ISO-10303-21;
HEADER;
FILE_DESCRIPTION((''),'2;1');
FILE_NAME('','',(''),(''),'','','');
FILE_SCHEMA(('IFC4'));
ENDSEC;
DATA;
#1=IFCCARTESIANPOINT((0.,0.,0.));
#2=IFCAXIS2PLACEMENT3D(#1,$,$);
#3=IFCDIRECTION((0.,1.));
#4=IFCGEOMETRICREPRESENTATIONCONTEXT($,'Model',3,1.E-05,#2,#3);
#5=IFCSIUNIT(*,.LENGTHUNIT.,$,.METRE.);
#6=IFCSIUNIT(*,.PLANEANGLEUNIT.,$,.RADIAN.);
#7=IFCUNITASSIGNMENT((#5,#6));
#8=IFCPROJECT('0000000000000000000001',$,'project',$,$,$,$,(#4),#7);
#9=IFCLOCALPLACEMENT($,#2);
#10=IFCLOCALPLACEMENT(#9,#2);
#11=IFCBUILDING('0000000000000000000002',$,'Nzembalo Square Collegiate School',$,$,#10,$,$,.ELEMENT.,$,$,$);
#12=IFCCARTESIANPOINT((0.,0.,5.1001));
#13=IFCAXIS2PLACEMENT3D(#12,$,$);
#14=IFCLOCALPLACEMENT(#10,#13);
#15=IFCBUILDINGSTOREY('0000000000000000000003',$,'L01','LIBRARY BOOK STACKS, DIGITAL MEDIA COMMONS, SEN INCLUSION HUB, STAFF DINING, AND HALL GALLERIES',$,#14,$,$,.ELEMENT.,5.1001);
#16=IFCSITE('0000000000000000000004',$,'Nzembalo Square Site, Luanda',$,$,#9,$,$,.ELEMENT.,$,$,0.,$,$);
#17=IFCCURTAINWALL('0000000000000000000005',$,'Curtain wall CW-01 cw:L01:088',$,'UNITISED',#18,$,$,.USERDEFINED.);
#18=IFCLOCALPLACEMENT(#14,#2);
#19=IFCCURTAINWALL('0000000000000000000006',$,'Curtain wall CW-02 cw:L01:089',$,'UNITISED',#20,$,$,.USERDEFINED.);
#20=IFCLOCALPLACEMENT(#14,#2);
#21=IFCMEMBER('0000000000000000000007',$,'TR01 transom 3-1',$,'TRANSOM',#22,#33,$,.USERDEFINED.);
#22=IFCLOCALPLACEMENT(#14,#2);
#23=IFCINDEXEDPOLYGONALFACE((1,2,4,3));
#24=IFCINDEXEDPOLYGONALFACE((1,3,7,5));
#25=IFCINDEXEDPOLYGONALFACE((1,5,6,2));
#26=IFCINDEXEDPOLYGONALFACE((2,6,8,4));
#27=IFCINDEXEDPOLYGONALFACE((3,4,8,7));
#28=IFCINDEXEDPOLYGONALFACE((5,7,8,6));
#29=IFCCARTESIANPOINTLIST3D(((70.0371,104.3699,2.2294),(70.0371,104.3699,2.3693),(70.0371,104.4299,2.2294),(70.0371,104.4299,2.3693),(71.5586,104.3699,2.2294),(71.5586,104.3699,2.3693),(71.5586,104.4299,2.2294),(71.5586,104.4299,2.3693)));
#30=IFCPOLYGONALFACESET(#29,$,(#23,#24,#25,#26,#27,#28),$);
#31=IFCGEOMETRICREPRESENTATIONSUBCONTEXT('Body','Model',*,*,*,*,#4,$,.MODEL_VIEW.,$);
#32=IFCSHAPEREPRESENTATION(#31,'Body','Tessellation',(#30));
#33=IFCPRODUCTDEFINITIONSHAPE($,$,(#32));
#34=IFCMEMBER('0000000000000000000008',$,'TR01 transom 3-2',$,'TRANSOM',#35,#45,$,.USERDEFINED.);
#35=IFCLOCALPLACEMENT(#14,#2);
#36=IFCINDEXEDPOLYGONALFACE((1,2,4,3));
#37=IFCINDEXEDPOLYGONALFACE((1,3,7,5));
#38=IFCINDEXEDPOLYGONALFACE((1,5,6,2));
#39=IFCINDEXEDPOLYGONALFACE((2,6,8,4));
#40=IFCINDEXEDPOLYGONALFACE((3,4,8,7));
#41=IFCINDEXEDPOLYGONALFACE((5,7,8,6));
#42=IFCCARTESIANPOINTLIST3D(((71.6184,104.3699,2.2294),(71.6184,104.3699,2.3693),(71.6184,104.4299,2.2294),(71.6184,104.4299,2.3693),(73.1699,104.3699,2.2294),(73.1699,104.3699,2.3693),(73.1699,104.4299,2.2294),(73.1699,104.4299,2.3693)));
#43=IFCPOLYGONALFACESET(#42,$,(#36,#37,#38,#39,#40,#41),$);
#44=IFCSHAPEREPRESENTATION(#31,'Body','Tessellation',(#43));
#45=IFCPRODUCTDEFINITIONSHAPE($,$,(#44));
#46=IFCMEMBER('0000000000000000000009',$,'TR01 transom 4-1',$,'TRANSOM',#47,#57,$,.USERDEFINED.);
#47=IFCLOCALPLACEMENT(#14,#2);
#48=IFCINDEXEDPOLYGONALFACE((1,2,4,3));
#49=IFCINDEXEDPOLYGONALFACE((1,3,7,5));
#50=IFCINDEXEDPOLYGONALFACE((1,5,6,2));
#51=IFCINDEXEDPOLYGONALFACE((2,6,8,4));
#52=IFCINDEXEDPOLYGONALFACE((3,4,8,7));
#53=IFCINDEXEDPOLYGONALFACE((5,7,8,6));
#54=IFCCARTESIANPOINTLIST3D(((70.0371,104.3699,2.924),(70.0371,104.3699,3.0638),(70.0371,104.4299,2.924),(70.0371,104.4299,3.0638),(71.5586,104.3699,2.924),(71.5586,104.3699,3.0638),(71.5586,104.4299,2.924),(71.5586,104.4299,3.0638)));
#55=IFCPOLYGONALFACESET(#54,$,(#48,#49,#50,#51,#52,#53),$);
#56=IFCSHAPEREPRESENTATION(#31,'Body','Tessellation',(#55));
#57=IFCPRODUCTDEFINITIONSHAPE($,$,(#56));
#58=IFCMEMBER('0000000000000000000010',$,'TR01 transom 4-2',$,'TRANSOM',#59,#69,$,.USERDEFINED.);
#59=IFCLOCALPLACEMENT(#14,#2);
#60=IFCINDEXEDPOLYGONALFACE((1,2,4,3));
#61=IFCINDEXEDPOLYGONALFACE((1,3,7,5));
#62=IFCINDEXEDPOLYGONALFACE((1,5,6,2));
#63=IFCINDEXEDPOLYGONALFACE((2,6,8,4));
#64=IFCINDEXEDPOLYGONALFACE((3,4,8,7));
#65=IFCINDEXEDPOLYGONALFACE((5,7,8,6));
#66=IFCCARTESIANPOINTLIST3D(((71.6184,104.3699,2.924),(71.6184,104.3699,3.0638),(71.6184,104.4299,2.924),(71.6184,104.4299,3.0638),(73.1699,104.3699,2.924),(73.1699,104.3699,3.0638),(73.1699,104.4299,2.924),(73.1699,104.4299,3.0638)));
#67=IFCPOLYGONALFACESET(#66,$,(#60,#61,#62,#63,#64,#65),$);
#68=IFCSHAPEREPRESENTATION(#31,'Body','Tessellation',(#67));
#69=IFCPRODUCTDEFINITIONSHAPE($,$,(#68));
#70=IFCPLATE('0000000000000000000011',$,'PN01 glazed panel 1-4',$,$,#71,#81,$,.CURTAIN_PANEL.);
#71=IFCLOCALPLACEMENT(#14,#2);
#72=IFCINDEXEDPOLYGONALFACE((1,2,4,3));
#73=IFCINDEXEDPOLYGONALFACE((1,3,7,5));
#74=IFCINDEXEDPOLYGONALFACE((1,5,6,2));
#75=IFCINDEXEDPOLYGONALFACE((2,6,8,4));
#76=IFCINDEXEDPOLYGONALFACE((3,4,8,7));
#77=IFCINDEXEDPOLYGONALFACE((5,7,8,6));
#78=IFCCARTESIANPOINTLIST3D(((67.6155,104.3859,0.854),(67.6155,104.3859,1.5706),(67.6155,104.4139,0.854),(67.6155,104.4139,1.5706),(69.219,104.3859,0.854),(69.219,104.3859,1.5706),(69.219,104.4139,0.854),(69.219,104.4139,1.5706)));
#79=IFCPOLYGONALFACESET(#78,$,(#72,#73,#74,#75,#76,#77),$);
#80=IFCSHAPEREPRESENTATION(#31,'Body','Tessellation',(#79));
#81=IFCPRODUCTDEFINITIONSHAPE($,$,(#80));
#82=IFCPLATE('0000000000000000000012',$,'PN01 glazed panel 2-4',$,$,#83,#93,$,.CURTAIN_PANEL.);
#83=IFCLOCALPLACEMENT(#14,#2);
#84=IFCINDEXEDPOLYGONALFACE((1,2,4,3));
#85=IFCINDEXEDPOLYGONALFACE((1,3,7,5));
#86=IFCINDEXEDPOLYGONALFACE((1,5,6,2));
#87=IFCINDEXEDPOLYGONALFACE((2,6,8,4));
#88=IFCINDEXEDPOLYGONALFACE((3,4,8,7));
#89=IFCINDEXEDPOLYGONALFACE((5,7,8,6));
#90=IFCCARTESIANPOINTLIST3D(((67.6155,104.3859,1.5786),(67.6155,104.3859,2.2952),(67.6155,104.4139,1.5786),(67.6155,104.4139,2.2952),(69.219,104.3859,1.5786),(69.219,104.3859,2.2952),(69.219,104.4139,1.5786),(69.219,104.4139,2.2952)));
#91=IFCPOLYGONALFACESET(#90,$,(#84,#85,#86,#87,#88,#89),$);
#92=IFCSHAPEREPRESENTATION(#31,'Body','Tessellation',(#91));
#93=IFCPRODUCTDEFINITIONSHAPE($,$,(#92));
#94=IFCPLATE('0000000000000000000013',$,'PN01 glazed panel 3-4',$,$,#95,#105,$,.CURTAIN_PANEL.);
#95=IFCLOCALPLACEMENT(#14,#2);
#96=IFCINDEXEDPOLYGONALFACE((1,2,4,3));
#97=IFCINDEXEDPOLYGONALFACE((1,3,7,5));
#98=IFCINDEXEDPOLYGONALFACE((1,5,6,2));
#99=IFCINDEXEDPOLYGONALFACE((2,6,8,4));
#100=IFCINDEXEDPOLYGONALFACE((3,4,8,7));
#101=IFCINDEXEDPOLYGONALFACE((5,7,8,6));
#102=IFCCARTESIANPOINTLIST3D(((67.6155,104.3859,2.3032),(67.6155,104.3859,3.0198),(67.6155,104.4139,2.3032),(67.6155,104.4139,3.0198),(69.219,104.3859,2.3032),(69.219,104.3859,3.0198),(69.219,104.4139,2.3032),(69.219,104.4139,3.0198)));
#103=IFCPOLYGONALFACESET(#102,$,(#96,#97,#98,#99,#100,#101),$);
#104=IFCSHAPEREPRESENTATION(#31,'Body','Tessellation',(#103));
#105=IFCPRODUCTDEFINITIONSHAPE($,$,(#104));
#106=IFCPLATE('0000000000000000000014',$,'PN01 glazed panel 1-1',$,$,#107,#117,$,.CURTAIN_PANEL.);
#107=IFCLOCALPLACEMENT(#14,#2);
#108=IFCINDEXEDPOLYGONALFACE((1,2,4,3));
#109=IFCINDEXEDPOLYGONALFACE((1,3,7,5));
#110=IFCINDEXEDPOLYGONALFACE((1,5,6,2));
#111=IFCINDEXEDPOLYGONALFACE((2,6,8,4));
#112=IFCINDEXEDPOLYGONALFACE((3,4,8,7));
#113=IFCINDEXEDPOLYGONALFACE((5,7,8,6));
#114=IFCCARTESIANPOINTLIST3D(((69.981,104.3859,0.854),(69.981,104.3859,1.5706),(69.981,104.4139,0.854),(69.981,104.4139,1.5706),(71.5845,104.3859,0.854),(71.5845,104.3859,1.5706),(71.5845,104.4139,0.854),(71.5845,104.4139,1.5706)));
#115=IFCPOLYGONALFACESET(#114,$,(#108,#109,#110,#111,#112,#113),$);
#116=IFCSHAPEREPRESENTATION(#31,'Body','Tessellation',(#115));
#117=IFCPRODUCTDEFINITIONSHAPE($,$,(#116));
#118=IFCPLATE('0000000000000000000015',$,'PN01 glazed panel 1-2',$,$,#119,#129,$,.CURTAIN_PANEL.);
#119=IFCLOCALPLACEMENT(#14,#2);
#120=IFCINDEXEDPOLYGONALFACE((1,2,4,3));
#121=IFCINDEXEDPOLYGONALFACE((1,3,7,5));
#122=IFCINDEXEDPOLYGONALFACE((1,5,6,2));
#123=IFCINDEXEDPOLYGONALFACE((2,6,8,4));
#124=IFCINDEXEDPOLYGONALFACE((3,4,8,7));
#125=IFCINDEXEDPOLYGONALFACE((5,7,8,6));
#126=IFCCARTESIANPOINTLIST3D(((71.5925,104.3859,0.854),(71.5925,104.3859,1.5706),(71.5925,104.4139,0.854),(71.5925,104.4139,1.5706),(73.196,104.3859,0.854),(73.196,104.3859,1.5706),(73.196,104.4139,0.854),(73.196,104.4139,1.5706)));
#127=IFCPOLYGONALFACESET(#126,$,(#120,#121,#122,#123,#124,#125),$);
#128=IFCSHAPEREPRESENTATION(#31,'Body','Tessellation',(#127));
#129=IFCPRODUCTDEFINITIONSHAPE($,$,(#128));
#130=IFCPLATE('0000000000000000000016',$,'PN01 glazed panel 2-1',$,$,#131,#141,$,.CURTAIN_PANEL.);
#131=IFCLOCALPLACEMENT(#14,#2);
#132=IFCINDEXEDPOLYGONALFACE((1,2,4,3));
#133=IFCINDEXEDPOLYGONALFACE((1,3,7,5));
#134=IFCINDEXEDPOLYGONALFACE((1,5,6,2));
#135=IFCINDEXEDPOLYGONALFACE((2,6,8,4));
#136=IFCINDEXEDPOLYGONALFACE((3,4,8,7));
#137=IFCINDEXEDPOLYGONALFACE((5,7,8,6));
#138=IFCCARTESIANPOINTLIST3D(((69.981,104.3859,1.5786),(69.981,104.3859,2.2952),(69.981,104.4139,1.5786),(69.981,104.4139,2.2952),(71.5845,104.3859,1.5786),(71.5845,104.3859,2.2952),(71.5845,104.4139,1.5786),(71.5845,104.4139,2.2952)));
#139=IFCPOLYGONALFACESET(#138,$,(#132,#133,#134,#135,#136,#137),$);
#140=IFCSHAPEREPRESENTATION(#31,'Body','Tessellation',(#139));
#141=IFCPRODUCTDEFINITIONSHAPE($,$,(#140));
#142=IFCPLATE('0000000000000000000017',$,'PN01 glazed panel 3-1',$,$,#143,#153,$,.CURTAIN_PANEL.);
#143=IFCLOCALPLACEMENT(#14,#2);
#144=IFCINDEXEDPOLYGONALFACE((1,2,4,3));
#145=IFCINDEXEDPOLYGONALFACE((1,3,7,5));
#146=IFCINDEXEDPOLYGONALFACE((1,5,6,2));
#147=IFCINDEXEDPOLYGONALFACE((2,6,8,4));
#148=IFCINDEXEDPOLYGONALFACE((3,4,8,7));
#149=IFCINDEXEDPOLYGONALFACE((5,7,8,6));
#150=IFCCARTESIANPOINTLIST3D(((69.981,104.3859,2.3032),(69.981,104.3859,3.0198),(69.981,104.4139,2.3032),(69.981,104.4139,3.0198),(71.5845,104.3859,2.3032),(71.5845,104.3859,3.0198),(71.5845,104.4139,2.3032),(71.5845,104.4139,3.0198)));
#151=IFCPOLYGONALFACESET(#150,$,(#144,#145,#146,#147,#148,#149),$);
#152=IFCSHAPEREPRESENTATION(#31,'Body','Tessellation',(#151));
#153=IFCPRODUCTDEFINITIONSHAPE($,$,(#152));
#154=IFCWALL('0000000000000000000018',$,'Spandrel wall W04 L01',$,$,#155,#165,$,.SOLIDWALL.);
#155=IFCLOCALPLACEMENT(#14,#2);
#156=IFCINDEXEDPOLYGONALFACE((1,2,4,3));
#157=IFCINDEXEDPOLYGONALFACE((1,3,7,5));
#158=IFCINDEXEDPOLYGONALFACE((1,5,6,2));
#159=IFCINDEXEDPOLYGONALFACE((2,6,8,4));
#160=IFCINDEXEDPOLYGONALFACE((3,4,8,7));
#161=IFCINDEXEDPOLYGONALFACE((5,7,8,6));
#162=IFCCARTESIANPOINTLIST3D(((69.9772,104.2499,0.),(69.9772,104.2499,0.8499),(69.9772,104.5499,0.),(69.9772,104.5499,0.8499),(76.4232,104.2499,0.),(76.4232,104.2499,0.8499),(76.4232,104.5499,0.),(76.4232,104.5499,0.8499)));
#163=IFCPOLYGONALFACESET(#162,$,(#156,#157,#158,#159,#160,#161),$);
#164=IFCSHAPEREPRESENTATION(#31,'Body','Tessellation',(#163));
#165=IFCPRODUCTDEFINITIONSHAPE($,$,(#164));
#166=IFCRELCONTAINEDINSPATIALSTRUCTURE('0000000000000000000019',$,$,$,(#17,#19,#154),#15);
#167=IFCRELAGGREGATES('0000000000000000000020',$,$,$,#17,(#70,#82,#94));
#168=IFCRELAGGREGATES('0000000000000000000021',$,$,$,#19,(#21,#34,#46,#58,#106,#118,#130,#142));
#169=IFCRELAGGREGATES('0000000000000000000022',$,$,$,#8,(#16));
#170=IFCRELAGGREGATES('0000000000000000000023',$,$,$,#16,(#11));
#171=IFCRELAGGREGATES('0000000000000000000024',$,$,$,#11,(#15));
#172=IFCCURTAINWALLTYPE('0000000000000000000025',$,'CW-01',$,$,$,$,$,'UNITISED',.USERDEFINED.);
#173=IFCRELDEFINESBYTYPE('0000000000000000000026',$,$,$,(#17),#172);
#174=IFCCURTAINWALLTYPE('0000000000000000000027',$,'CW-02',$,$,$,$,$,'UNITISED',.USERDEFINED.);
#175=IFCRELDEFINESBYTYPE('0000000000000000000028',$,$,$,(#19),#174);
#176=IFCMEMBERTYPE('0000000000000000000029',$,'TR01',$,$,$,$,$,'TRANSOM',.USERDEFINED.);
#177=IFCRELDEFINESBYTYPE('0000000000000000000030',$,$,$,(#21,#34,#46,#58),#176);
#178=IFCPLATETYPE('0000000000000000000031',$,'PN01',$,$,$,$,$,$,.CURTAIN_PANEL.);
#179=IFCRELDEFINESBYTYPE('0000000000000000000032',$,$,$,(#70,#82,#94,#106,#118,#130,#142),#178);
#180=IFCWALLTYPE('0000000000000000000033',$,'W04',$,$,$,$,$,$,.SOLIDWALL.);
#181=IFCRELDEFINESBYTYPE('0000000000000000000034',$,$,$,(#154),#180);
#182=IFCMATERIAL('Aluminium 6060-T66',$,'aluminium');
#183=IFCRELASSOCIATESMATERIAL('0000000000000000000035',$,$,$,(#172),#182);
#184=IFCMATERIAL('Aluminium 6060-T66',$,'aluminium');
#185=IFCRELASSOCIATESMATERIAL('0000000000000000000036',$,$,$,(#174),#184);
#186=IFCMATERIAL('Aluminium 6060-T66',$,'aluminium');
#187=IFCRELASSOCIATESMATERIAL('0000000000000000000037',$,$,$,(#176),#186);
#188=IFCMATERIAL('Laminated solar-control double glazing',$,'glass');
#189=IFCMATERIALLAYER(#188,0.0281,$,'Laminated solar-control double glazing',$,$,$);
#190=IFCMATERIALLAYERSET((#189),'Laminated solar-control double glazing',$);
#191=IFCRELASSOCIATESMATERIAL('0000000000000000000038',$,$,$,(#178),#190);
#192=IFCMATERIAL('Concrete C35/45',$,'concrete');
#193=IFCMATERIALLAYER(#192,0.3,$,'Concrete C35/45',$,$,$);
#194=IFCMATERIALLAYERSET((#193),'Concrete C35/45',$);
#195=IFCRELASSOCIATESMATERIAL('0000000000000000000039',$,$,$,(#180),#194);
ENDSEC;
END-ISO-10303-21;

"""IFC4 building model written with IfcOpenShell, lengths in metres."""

from ifc_helpers import new_model, si_unit, direction, frame, frame_2d, origin, origin_2d, place, context, subcontext, project, spatial, rectangle, extrude, material, layer, layer_set, material_profile, profile_set, type_object, element, aggregate, save


model = new_model("IFC4")

# Units and contexts
model_context = context("Model", 3, precision=1e-05, world=origin(), true_north=direction((0.0, 1.0)))
body_context = subcontext(model_context, "Body", "Model", "MODEL_VIEW")
ifc_project = project(units=[si_unit("LENGTHUNIT", "METRE"), si_unit("PLANEANGLEUNIT", "RADIAN")], contexts=[model_context])

# Site, building, storey
site_placement = place(None, origin())
site = spatial("IfcSite", under=ifc_project, at=site_placement, Name="Nzembalo Square Site, Luanda", CompositionType="ELEMENT", RefElevation=0.0)
building_placement = place(site_placement, origin())
building = spatial("IfcBuilding", under=site, at=building_placement, Name="Nzembalo Square Collegiate School", CompositionType="ELEMENT")
storey_placement = place(building_placement, frame((0.0, 0.0, 5.1001)))
storey = spatial("IfcBuildingStorey", under=building, at=storey_placement, Name="L01", Description="LIBRARY BOOK STACKS, DIGITAL MEDIA COMMONS, SEN INCLUSION HUB, STAFF DINING, AND HALL GALLERIES", CompositionType="ELEMENT", Elevation=5.1001)

# Curtain wall
ifc_material_1 = material(Name="Aluminium 6060-T66", Category="aluminium")
curtain_wall_type_1 = type_object("IfcCurtainWallType", Name="CW-01", ElementType="UNITISED", PredefinedType="USERDEFINED", material=ifc_material_1)
curtain_wall_1_placement = place(storey_placement, origin())
curtain_wall_1 = element("IfcCurtainWall", 1, at=curtain_wall_1_placement, inside=storey, type_object=curtain_wall_type_1, Name="Curtain wall CW-01 cw:L01:088", ObjectType="UNITISED", PredefinedType="USERDEFINED")

# Curtain wall
ifc_material_2 = material(Name="Aluminium 6060-T66", Category="aluminium")
curtain_wall_type_2 = type_object("IfcCurtainWallType", Name="CW-02", ElementType="UNITISED", PredefinedType="USERDEFINED", material=ifc_material_2)
curtain_wall_2_placement = place(storey_placement, origin())
curtain_wall_2 = element("IfcCurtainWall", 2, at=curtain_wall_2_placement, inside=storey, type_object=curtain_wall_type_2, Name="Curtain wall CW-02 cw:L01:089", ObjectType="UNITISED", PredefinedType="USERDEFINED")

# Members
ifc_material_3 = material(Name="Aluminium 6060-T66", Category="aluminium")
ifc_material_profile_1 = material_profile(ifc_material_3, rectangle(XDim=0.0601, YDim=0.1399, at=origin_2d()), Name="ALU T60x140")
ifc_profile_set_1 = profile_set([ifc_material_profile_1], Name="Aluminium 6060-T66")
member_type_1 = type_object("IfcMemberType", Name="TR01", ElementType="TRANSOM", PredefinedType="USERDEFINED", material=ifc_profile_set_1)
member_1_placement = place(storey_placement, frame((70.0371, 104.3999, 2.2993), z_axis=(1.0, 0.0, 0.0), x_axis=(0.0, 1.0, 0.0)))
member_1 = element("IfcMember", 3, at=member_1_placement, type_object=member_type_1, Name="TR01 transom 3-1", ObjectType="TRANSOM", PredefinedType="USERDEFINED", context=body_context, shape_type="SweptSolid", body=[
    extrude(rectangle(XDim=0.0601, YDim=0.1399, at=origin_2d()), origin(), (0.0, 0.0, 1.0), 1.5215),
])
member_2_placement = place(storey_placement, frame((71.6184, 104.3999, 2.2993), z_axis=(1.0, 0.0, 0.0), x_axis=(0.0, 1.0, 0.0)))
member_2 = element("IfcMember", 4, at=member_2_placement, type_object=member_type_1, Name="TR01 transom 3-2", ObjectType="TRANSOM", PredefinedType="USERDEFINED", context=body_context, shape_type="SweptSolid", body=[
    extrude(rectangle(XDim=0.0601, YDim=0.1399, at=origin_2d()), origin(), (0.0, 0.0, 1.0), 1.5515),
])
member_3_placement = place(storey_placement, frame((70.0371, 104.3999, 2.9939), z_axis=(1.0, 0.0, 0.0), x_axis=(0.0, 1.0, 0.0)))
member_3 = element("IfcMember", 5, at=member_3_placement, type_object=member_type_1, Name="TR01 transom 4-1", ObjectType="TRANSOM", PredefinedType="USERDEFINED", context=body_context, shape_type="SweptSolid", body=[
    extrude(rectangle(XDim=0.0601, YDim=0.1399, at=origin_2d()), origin(), (0.0, 0.0, 1.0), 1.5215),
])
member_4_placement = place(storey_placement, frame((71.6184, 104.3999, 2.9939), z_axis=(1.0, 0.0, 0.0), x_axis=(0.0, 1.0, 0.0)))
member_4 = element("IfcMember", 6, at=member_4_placement, type_object=member_type_1, Name="TR01 transom 4-2", ObjectType="TRANSOM", PredefinedType="USERDEFINED", context=body_context, shape_type="SweptSolid", body=[
    extrude(rectangle(XDim=0.0601, YDim=0.1399, at=origin_2d()), origin(), (0.0, 0.0, 1.0), 1.5515),
])

# Plates
ifc_material_4 = material(Name="Laminated solar-control double glazing", Category="glass")
ifc_layer_1 = layer(ifc_material_4, 0.0281, Name="Laminated solar-control double glazing")
ifc_layer_set_1 = layer_set([ifc_layer_1], Name="Laminated solar-control double glazing")
plate_type = type_object("IfcPlateType", Name="PN01", PredefinedType="CURTAIN_PANEL", material=ifc_layer_set_1)
plate_1_placement = place(storey_placement, frame((68.4172, 104.3999, 0.854), z_axis=(0.0, 0.0, 1.0), x_axis=(1.0, 0.0, 0.0)))
plate_1 = element("IfcPlate", 7, at=plate_1_placement, type_object=plate_type, Name="PN01 glazed panel 1-4", PredefinedType="CURTAIN_PANEL", context=body_context, shape_type="SweptSolid", body=[
    extrude(rectangle(XDim=1.6035, YDim=0.0281, at=origin_2d()), origin(), (0.0, 0.0, 1.0), 0.7166),
])
plate_2_placement = place(storey_placement, frame((68.4172, 104.3999, 1.5786), z_axis=(0.0, 0.0, 1.0), x_axis=(1.0, 0.0, 0.0)))
plate_2 = element("IfcPlate", 8, at=plate_2_placement, type_object=plate_type, Name="PN01 glazed panel 2-4", PredefinedType="CURTAIN_PANEL", context=body_context, shape_type="SweptSolid", body=[
    extrude(rectangle(XDim=1.6035, YDim=0.0281, at=origin_2d()), origin(), (0.0, 0.0, 1.0), 0.7166),
])
plate_3_placement = place(storey_placement, frame((68.4172, 104.3999, 2.3032), z_axis=(0.0, 0.0, 1.0), x_axis=(1.0, 0.0, 0.0)))
plate_3 = element("IfcPlate", 9, at=plate_3_placement, type_object=plate_type, Name="PN01 glazed panel 3-4", PredefinedType="CURTAIN_PANEL", context=body_context, shape_type="SweptSolid", body=[
    extrude(rectangle(XDim=1.6035, YDim=0.0281, at=origin_2d()), origin(), (0.0, 0.0, 1.0), 0.7166),
])
aggregate(curtain_wall_1, [plate_1, plate_2, plate_3])
plate_4_placement = place(storey_placement, frame((70.7827, 104.3999, 0.854), z_axis=(0.0, 0.0, 1.0), x_axis=(1.0, 0.0, 0.0)))
plate_4 = element("IfcPlate", 10, at=plate_4_placement, type_object=plate_type, Name="PN01 glazed panel 1-1", PredefinedType="CURTAIN_PANEL", context=body_context, shape_type="SweptSolid", body=[
    extrude(rectangle(XDim=1.6035, YDim=0.0281, at=origin_2d()), origin(), (0.0, 0.0, 1.0), 0.7166),
])
plate_5_placement = place(storey_placement, frame((72.3943, 104.3999, 0.854), z_axis=(0.0, 0.0, 1.0), x_axis=(1.0, 0.0, 0.0)))
plate_5 = element("IfcPlate", 11, at=plate_5_placement, type_object=plate_type, Name="PN01 glazed panel 1-2", PredefinedType="CURTAIN_PANEL", context=body_context, shape_type="SweptSolid", body=[
    extrude(rectangle(XDim=1.6035, YDim=0.0281, at=origin_2d()), origin(), (0.0, 0.0, 1.0), 0.7166),
])
plate_6_placement = place(storey_placement, frame((70.7827, 104.3999, 1.5786), z_axis=(0.0, 0.0, 1.0), x_axis=(1.0, 0.0, 0.0)))
plate_6 = element("IfcPlate", 12, at=plate_6_placement, type_object=plate_type, Name="PN01 glazed panel 2-1", PredefinedType="CURTAIN_PANEL", context=body_context, shape_type="SweptSolid", body=[
    extrude(rectangle(XDim=1.6035, YDim=0.0281, at=origin_2d()), origin(), (0.0, 0.0, 1.0), 0.7166),
])
plate_7_placement = place(storey_placement, frame((70.7827, 104.3999, 2.3032), z_axis=(0.0, 0.0, 1.0), x_axis=(1.0, 0.0, 0.0)))
plate_7 = element("IfcPlate", 13, at=plate_7_placement, type_object=plate_type, Name="PN01 glazed panel 3-1", PredefinedType="CURTAIN_PANEL", context=body_context, shape_type="SweptSolid", body=[
    extrude(rectangle(XDim=1.6035, YDim=0.0281, at=origin_2d()), origin(), (0.0, 0.0, 1.0), 0.7166),
])
aggregate(curtain_wall_2, [member_1, member_2, member_3, member_4, plate_4, plate_5, plate_6, plate_7])

# Wall
ifc_material_5 = material(Name="Concrete C35/45", Category="concrete")
ifc_layer_2 = layer(ifc_material_5, 0.3, Name="Concrete C35/45")
ifc_layer_set_2 = layer_set([ifc_layer_2], Name="Concrete C35/45")
wall_type = type_object("IfcWallType", Name="W04", PredefinedType="SOLIDWALL", material=ifc_layer_set_2)
wall_placement = place(storey_placement, frame((69.9771, 104.3999, 0.0), z_axis=(0.0, 0.0, 1.0), x_axis=(1.0, 0.0, 0.0)))
element("IfcWall", 14, at=wall_placement, inside=storey, type_object=wall_type, Name="Spandrel wall W04 L01", PredefinedType="SOLIDWALL", context=body_context, shape_type="SweptSolid", body=[
    extrude(rectangle(XDim=6.446, YDim=0.3, at=frame_2d((3.2231, 0.0))), origin(), (0.0, 0.0, 1.0), 0.8499),
])

save(model, "model.ifc")
